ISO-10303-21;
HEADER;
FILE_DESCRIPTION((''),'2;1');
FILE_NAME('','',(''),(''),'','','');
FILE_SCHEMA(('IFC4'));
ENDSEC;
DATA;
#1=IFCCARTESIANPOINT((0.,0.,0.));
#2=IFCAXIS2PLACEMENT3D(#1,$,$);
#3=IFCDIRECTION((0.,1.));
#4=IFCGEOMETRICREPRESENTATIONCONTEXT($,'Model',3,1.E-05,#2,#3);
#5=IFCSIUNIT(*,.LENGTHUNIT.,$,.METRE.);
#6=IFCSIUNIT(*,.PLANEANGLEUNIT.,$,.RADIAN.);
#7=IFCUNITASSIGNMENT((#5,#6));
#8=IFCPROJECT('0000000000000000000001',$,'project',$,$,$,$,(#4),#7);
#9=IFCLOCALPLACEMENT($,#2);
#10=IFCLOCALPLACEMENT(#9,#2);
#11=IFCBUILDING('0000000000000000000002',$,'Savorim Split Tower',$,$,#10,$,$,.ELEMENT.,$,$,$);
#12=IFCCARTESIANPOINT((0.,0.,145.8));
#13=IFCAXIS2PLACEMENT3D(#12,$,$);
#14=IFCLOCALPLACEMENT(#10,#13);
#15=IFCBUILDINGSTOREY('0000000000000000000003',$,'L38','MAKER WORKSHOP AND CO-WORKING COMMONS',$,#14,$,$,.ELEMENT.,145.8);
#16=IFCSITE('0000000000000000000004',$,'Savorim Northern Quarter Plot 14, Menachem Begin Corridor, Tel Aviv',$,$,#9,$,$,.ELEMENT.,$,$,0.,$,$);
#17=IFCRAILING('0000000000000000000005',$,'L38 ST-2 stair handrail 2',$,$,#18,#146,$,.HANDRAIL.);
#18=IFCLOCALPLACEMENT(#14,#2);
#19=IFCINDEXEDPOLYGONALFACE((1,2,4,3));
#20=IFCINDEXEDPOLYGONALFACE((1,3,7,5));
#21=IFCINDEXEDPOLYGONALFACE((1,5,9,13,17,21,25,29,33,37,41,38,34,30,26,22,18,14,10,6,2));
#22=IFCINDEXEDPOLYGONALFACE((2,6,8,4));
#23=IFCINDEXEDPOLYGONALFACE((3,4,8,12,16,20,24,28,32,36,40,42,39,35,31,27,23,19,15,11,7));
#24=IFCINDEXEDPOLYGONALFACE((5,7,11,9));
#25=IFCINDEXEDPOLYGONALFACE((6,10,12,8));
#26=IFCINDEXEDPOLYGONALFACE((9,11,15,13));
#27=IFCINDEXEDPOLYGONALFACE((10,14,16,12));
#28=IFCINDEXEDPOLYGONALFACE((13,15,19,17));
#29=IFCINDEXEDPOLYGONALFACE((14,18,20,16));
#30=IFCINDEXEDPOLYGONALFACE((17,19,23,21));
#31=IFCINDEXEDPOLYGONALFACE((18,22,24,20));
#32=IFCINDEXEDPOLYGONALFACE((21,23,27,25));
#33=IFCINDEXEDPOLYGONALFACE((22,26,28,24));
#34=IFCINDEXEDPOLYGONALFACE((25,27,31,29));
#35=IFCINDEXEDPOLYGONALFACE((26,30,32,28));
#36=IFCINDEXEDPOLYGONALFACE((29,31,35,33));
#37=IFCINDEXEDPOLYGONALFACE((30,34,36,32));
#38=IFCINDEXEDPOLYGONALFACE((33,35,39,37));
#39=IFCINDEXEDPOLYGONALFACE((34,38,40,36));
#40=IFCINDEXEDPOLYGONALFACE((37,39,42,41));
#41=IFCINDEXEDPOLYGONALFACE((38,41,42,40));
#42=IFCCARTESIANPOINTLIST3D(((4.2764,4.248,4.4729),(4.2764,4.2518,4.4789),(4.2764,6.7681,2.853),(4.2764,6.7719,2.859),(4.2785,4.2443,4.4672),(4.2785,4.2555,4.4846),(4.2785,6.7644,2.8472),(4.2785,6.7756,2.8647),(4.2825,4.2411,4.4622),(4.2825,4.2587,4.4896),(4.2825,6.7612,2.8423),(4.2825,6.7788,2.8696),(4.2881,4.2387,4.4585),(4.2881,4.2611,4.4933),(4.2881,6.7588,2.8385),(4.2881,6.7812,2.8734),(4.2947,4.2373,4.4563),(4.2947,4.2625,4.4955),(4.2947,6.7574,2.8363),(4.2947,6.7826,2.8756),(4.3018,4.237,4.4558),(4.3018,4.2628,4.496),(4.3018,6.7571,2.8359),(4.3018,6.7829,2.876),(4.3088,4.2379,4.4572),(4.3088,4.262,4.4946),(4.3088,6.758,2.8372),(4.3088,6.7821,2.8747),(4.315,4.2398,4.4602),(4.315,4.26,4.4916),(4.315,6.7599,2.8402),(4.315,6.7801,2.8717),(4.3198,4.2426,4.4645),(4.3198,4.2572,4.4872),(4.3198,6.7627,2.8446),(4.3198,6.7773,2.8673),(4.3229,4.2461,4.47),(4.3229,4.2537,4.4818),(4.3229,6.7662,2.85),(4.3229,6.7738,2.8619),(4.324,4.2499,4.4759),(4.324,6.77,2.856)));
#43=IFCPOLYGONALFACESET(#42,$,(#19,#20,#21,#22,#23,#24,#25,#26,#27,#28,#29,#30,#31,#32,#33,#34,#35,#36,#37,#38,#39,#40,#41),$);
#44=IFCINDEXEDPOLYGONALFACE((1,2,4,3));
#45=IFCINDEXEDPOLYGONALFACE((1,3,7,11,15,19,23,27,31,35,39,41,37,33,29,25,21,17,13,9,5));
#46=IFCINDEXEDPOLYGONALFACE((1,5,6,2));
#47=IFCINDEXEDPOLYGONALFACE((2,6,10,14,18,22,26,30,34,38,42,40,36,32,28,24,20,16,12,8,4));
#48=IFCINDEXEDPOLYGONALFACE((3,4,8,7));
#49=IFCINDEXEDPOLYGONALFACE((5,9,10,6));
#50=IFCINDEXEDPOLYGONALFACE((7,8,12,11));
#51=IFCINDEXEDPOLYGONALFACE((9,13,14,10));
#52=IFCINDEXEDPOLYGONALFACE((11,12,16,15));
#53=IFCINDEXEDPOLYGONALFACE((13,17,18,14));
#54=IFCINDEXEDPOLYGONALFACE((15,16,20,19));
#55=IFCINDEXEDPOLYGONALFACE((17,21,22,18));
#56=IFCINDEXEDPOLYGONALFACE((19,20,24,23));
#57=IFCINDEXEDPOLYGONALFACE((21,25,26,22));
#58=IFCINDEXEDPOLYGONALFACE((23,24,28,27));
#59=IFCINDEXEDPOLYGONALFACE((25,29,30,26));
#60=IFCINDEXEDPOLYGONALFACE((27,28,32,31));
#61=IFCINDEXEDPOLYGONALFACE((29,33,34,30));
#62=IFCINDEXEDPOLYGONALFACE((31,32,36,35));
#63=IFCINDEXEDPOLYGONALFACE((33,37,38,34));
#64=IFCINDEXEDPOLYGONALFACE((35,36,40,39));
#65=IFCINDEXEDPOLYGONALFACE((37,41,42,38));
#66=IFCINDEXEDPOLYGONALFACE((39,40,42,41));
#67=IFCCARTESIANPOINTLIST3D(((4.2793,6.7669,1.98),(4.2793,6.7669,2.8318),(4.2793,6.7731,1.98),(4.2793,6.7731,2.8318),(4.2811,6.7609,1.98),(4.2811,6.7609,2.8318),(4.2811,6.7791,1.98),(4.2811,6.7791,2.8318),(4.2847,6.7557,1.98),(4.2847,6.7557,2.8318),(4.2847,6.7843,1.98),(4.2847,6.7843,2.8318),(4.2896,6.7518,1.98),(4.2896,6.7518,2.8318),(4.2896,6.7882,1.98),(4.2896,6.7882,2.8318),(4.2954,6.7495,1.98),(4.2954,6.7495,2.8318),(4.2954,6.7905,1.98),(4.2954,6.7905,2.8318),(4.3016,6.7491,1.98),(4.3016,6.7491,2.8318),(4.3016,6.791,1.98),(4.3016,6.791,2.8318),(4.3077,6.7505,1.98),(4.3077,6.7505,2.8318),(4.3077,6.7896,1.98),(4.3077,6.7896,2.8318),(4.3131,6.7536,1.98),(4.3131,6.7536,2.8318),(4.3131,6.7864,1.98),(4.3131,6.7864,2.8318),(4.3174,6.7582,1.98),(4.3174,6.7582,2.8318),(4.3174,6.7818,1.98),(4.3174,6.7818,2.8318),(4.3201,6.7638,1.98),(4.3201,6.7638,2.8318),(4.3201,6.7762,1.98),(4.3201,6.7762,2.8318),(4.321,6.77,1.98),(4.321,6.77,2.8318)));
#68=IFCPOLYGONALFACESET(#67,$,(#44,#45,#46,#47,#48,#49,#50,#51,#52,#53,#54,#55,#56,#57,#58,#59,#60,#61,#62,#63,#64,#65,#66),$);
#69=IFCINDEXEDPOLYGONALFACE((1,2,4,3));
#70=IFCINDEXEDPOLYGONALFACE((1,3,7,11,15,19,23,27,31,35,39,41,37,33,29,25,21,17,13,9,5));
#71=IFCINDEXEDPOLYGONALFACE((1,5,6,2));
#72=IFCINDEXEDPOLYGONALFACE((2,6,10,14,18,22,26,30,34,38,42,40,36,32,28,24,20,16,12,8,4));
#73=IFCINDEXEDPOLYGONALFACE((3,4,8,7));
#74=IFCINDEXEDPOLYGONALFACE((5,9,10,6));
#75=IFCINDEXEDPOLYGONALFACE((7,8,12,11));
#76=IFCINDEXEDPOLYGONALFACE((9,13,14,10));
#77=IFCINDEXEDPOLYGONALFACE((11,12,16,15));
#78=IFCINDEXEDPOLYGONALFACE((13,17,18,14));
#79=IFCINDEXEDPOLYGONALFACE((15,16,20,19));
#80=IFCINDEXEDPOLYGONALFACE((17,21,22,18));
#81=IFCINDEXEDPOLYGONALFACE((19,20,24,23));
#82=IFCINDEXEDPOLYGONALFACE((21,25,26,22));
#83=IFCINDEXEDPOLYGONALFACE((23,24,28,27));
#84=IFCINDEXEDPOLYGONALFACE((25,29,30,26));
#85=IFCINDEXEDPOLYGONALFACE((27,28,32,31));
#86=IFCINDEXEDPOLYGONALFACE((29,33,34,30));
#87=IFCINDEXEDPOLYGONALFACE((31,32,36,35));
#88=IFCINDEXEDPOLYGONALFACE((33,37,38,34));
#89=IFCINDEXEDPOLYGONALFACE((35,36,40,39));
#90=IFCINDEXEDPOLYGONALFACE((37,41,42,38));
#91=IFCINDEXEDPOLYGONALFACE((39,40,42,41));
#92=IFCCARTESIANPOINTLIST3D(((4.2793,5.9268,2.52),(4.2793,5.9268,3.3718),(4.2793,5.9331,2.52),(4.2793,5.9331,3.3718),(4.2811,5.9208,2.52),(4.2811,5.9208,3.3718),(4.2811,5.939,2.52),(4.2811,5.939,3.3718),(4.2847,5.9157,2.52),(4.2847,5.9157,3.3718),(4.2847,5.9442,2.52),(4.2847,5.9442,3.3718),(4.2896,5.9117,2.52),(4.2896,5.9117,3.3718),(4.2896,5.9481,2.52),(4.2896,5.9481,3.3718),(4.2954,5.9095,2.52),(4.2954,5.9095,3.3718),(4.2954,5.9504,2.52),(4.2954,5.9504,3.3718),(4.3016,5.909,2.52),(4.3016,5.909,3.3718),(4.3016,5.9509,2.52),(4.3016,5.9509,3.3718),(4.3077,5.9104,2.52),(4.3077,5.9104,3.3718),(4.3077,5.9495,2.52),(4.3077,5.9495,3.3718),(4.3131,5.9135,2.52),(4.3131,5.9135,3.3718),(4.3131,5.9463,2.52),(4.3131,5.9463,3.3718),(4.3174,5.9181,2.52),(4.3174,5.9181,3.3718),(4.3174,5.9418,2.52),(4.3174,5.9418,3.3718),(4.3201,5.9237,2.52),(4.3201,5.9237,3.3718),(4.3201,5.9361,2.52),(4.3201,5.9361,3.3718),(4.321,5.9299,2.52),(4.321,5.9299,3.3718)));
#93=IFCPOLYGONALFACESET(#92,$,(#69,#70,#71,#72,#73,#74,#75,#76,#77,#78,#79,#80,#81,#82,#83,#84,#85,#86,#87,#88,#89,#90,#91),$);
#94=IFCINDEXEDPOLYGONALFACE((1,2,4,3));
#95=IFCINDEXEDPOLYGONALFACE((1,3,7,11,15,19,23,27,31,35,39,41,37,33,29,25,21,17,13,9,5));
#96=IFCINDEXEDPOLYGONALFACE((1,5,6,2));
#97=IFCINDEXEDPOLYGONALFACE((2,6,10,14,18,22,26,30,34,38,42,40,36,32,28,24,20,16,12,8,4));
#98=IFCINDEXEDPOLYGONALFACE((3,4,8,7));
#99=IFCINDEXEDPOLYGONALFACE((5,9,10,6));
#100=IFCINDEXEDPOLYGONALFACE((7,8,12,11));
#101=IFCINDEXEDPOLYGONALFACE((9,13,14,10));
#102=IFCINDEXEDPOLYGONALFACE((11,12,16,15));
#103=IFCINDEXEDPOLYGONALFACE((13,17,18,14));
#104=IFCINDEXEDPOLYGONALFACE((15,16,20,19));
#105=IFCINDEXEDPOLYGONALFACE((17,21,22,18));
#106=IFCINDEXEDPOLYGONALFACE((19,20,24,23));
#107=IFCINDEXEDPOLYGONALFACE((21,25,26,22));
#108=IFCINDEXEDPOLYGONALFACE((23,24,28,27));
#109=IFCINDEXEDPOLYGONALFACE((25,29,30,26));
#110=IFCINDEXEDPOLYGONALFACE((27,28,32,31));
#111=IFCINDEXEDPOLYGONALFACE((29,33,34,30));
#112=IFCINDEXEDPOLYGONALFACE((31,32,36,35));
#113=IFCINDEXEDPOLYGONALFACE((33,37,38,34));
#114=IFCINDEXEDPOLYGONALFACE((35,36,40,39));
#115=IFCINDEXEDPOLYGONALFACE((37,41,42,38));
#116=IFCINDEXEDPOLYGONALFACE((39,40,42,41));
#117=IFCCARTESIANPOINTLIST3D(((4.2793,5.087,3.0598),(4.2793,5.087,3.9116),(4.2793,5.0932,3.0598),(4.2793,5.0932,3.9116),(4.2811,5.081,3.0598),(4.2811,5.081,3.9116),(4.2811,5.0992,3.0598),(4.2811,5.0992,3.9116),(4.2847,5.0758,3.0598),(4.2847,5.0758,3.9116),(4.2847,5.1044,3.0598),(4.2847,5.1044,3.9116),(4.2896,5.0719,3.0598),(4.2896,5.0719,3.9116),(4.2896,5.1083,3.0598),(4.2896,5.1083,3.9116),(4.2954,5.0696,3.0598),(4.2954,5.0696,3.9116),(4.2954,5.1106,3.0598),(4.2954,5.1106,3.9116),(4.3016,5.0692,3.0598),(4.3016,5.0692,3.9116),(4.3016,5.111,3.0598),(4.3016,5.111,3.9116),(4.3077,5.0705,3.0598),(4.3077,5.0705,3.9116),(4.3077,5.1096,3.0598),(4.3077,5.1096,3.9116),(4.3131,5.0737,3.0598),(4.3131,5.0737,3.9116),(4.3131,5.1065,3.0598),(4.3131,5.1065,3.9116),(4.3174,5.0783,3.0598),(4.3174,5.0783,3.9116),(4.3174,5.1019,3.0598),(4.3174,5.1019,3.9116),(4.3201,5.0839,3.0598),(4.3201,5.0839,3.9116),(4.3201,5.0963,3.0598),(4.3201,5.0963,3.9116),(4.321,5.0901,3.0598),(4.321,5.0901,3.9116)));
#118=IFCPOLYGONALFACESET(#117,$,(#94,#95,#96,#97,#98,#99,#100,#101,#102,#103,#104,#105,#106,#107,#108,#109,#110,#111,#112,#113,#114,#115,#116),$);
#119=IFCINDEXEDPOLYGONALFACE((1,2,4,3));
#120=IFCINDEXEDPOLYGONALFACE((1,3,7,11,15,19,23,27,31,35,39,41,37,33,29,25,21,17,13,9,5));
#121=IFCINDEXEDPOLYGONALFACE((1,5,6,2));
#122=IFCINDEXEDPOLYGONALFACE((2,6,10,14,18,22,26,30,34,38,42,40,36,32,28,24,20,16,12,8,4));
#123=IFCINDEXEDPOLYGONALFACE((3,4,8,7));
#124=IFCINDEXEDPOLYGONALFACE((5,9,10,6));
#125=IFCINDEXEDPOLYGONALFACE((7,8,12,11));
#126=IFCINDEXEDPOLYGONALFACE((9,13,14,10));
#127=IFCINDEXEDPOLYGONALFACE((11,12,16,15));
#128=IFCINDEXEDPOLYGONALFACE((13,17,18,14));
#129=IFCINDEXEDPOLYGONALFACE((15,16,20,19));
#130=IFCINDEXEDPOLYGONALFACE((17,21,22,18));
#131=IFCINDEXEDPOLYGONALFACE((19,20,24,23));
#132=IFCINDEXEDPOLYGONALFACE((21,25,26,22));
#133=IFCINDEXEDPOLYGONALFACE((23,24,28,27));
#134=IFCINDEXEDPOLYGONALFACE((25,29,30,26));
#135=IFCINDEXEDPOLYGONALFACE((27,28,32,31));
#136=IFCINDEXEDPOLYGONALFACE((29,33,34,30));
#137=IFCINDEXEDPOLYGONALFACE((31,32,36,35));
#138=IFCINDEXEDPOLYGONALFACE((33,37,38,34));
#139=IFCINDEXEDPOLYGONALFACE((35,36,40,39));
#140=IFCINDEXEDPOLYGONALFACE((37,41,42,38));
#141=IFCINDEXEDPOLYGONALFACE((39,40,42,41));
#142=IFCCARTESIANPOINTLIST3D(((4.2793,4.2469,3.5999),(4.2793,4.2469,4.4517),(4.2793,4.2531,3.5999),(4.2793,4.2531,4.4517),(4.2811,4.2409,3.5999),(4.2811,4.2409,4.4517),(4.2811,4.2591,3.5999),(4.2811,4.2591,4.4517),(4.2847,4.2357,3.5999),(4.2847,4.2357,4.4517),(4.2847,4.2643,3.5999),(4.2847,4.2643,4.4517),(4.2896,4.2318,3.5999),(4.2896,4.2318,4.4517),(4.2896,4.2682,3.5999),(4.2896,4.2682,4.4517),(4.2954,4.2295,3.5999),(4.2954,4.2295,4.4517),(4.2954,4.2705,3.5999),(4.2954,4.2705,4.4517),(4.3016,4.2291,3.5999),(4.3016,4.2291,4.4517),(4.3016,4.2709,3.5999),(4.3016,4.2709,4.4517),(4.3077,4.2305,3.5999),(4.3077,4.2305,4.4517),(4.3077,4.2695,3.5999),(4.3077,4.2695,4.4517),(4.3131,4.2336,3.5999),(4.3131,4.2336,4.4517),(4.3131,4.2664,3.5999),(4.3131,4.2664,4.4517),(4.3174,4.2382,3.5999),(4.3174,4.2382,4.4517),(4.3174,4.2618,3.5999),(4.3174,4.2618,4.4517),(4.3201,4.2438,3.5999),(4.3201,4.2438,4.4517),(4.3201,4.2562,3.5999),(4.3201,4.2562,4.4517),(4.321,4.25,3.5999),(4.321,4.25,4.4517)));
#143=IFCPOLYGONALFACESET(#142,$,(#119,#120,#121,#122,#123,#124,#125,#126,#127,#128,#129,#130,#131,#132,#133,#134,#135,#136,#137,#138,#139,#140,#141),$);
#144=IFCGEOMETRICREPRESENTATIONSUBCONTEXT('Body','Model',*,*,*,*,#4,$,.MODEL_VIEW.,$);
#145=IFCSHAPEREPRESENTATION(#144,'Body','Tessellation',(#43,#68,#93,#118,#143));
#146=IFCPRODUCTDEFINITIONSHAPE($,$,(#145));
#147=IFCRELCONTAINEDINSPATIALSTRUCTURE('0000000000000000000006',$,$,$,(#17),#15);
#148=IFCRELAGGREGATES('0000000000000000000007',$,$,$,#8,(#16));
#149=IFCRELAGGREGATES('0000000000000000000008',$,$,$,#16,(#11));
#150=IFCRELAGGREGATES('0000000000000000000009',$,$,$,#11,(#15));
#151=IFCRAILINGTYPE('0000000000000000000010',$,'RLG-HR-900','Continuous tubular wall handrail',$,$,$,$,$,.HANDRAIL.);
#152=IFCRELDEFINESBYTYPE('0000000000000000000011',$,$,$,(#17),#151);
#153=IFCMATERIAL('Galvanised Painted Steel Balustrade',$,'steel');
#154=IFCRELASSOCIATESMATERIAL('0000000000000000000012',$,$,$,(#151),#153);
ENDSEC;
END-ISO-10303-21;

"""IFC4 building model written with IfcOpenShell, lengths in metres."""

from ifc_helpers import new_model, si_unit, direction, frame, origin, origin_2d, place, context, subcontext, project, spatial, circle, extrude, material, type_object, element, save


model = new_model("IFC4")

# Units and contexts
model_context = context("Model", 3, precision=1e-05, world=origin(), true_north=direction((0.0, 1.0)))
body_context = subcontext(model_context, "Body", "Model", "MODEL_VIEW")
ifc_project = project(units=[si_unit("LENGTHUNIT", "METRE"), si_unit("PLANEANGLEUNIT", "RADIAN")], contexts=[model_context])

# Site, building, storey
site_placement = place(None, origin())
site = spatial("IfcSite", under=ifc_project, at=site_placement, Name="Savorim Northern Quarter Plot 14, Menachem Begin Corridor, Tel Aviv", CompositionType="ELEMENT", RefElevation=0.0)
building_placement = place(site_placement, origin())
building = spatial("IfcBuilding", under=site, at=building_placement, Name="Savorim Split Tower", CompositionType="ELEMENT")
storey_placement = place(building_placement, frame((0.0, 0.0, 145.8)))
storey = spatial("IfcBuildingStorey", under=building, at=storey_placement, Name="L38", Description="MAKER WORKSHOP AND CO-WORKING COMMONS", CompositionType="ELEMENT", Elevation=145.8)

# Railing
ifc_material_1 = material(Name="Galvanised Painted Steel Balustrade", Category="steel")
railing_type_1 = type_object("IfcRailingType", Name="RLG-HR-900", Description="Continuous tubular wall handrail", PredefinedType="HANDRAIL", material=ifc_material_1)
railing_1_placement = place(storey_placement, frame((4.3, 6.77, 1.98)))
element("IfcRailing", 1, at=railing_1_placement, inside=storey, type_object=railing_type_1, Name="L38 ST-2 stair handrail 2", PredefinedType="HANDRAIL", context=body_context, shape_type="SweptSolid", body=[
    extrude(circle(Radius=0.0239, at=origin_2d()), frame((0.0, 0.0, 0.876), z_axis=(0.0, -0.8412, 0.540725), x_axis=(1.0, 0.0, 0.0)), (0.0, 0.0, 1.0), 2.9958),
    extrude(circle(Radius=0.021, at=origin_2d()), origin(), (0.0, 0.0, 1.0), 0.8518),
    extrude(circle(Radius=0.021, at=origin_2d()), frame((0.0, -0.8401, 0.54)), (0.0, 0.0, 1.0), 0.8518),
    extrude(circle(Radius=0.021, at=origin_2d()), frame((0.0, -1.6799, 1.0798)), (0.0, 0.0, 1.0), 0.8518),
    extrude(circle(Radius=0.021, at=origin_2d()), frame((0.0, -2.52, 1.6199)), (0.0, 0.0, 1.0), 0.8518),
])

save(model, "model.ifc")
